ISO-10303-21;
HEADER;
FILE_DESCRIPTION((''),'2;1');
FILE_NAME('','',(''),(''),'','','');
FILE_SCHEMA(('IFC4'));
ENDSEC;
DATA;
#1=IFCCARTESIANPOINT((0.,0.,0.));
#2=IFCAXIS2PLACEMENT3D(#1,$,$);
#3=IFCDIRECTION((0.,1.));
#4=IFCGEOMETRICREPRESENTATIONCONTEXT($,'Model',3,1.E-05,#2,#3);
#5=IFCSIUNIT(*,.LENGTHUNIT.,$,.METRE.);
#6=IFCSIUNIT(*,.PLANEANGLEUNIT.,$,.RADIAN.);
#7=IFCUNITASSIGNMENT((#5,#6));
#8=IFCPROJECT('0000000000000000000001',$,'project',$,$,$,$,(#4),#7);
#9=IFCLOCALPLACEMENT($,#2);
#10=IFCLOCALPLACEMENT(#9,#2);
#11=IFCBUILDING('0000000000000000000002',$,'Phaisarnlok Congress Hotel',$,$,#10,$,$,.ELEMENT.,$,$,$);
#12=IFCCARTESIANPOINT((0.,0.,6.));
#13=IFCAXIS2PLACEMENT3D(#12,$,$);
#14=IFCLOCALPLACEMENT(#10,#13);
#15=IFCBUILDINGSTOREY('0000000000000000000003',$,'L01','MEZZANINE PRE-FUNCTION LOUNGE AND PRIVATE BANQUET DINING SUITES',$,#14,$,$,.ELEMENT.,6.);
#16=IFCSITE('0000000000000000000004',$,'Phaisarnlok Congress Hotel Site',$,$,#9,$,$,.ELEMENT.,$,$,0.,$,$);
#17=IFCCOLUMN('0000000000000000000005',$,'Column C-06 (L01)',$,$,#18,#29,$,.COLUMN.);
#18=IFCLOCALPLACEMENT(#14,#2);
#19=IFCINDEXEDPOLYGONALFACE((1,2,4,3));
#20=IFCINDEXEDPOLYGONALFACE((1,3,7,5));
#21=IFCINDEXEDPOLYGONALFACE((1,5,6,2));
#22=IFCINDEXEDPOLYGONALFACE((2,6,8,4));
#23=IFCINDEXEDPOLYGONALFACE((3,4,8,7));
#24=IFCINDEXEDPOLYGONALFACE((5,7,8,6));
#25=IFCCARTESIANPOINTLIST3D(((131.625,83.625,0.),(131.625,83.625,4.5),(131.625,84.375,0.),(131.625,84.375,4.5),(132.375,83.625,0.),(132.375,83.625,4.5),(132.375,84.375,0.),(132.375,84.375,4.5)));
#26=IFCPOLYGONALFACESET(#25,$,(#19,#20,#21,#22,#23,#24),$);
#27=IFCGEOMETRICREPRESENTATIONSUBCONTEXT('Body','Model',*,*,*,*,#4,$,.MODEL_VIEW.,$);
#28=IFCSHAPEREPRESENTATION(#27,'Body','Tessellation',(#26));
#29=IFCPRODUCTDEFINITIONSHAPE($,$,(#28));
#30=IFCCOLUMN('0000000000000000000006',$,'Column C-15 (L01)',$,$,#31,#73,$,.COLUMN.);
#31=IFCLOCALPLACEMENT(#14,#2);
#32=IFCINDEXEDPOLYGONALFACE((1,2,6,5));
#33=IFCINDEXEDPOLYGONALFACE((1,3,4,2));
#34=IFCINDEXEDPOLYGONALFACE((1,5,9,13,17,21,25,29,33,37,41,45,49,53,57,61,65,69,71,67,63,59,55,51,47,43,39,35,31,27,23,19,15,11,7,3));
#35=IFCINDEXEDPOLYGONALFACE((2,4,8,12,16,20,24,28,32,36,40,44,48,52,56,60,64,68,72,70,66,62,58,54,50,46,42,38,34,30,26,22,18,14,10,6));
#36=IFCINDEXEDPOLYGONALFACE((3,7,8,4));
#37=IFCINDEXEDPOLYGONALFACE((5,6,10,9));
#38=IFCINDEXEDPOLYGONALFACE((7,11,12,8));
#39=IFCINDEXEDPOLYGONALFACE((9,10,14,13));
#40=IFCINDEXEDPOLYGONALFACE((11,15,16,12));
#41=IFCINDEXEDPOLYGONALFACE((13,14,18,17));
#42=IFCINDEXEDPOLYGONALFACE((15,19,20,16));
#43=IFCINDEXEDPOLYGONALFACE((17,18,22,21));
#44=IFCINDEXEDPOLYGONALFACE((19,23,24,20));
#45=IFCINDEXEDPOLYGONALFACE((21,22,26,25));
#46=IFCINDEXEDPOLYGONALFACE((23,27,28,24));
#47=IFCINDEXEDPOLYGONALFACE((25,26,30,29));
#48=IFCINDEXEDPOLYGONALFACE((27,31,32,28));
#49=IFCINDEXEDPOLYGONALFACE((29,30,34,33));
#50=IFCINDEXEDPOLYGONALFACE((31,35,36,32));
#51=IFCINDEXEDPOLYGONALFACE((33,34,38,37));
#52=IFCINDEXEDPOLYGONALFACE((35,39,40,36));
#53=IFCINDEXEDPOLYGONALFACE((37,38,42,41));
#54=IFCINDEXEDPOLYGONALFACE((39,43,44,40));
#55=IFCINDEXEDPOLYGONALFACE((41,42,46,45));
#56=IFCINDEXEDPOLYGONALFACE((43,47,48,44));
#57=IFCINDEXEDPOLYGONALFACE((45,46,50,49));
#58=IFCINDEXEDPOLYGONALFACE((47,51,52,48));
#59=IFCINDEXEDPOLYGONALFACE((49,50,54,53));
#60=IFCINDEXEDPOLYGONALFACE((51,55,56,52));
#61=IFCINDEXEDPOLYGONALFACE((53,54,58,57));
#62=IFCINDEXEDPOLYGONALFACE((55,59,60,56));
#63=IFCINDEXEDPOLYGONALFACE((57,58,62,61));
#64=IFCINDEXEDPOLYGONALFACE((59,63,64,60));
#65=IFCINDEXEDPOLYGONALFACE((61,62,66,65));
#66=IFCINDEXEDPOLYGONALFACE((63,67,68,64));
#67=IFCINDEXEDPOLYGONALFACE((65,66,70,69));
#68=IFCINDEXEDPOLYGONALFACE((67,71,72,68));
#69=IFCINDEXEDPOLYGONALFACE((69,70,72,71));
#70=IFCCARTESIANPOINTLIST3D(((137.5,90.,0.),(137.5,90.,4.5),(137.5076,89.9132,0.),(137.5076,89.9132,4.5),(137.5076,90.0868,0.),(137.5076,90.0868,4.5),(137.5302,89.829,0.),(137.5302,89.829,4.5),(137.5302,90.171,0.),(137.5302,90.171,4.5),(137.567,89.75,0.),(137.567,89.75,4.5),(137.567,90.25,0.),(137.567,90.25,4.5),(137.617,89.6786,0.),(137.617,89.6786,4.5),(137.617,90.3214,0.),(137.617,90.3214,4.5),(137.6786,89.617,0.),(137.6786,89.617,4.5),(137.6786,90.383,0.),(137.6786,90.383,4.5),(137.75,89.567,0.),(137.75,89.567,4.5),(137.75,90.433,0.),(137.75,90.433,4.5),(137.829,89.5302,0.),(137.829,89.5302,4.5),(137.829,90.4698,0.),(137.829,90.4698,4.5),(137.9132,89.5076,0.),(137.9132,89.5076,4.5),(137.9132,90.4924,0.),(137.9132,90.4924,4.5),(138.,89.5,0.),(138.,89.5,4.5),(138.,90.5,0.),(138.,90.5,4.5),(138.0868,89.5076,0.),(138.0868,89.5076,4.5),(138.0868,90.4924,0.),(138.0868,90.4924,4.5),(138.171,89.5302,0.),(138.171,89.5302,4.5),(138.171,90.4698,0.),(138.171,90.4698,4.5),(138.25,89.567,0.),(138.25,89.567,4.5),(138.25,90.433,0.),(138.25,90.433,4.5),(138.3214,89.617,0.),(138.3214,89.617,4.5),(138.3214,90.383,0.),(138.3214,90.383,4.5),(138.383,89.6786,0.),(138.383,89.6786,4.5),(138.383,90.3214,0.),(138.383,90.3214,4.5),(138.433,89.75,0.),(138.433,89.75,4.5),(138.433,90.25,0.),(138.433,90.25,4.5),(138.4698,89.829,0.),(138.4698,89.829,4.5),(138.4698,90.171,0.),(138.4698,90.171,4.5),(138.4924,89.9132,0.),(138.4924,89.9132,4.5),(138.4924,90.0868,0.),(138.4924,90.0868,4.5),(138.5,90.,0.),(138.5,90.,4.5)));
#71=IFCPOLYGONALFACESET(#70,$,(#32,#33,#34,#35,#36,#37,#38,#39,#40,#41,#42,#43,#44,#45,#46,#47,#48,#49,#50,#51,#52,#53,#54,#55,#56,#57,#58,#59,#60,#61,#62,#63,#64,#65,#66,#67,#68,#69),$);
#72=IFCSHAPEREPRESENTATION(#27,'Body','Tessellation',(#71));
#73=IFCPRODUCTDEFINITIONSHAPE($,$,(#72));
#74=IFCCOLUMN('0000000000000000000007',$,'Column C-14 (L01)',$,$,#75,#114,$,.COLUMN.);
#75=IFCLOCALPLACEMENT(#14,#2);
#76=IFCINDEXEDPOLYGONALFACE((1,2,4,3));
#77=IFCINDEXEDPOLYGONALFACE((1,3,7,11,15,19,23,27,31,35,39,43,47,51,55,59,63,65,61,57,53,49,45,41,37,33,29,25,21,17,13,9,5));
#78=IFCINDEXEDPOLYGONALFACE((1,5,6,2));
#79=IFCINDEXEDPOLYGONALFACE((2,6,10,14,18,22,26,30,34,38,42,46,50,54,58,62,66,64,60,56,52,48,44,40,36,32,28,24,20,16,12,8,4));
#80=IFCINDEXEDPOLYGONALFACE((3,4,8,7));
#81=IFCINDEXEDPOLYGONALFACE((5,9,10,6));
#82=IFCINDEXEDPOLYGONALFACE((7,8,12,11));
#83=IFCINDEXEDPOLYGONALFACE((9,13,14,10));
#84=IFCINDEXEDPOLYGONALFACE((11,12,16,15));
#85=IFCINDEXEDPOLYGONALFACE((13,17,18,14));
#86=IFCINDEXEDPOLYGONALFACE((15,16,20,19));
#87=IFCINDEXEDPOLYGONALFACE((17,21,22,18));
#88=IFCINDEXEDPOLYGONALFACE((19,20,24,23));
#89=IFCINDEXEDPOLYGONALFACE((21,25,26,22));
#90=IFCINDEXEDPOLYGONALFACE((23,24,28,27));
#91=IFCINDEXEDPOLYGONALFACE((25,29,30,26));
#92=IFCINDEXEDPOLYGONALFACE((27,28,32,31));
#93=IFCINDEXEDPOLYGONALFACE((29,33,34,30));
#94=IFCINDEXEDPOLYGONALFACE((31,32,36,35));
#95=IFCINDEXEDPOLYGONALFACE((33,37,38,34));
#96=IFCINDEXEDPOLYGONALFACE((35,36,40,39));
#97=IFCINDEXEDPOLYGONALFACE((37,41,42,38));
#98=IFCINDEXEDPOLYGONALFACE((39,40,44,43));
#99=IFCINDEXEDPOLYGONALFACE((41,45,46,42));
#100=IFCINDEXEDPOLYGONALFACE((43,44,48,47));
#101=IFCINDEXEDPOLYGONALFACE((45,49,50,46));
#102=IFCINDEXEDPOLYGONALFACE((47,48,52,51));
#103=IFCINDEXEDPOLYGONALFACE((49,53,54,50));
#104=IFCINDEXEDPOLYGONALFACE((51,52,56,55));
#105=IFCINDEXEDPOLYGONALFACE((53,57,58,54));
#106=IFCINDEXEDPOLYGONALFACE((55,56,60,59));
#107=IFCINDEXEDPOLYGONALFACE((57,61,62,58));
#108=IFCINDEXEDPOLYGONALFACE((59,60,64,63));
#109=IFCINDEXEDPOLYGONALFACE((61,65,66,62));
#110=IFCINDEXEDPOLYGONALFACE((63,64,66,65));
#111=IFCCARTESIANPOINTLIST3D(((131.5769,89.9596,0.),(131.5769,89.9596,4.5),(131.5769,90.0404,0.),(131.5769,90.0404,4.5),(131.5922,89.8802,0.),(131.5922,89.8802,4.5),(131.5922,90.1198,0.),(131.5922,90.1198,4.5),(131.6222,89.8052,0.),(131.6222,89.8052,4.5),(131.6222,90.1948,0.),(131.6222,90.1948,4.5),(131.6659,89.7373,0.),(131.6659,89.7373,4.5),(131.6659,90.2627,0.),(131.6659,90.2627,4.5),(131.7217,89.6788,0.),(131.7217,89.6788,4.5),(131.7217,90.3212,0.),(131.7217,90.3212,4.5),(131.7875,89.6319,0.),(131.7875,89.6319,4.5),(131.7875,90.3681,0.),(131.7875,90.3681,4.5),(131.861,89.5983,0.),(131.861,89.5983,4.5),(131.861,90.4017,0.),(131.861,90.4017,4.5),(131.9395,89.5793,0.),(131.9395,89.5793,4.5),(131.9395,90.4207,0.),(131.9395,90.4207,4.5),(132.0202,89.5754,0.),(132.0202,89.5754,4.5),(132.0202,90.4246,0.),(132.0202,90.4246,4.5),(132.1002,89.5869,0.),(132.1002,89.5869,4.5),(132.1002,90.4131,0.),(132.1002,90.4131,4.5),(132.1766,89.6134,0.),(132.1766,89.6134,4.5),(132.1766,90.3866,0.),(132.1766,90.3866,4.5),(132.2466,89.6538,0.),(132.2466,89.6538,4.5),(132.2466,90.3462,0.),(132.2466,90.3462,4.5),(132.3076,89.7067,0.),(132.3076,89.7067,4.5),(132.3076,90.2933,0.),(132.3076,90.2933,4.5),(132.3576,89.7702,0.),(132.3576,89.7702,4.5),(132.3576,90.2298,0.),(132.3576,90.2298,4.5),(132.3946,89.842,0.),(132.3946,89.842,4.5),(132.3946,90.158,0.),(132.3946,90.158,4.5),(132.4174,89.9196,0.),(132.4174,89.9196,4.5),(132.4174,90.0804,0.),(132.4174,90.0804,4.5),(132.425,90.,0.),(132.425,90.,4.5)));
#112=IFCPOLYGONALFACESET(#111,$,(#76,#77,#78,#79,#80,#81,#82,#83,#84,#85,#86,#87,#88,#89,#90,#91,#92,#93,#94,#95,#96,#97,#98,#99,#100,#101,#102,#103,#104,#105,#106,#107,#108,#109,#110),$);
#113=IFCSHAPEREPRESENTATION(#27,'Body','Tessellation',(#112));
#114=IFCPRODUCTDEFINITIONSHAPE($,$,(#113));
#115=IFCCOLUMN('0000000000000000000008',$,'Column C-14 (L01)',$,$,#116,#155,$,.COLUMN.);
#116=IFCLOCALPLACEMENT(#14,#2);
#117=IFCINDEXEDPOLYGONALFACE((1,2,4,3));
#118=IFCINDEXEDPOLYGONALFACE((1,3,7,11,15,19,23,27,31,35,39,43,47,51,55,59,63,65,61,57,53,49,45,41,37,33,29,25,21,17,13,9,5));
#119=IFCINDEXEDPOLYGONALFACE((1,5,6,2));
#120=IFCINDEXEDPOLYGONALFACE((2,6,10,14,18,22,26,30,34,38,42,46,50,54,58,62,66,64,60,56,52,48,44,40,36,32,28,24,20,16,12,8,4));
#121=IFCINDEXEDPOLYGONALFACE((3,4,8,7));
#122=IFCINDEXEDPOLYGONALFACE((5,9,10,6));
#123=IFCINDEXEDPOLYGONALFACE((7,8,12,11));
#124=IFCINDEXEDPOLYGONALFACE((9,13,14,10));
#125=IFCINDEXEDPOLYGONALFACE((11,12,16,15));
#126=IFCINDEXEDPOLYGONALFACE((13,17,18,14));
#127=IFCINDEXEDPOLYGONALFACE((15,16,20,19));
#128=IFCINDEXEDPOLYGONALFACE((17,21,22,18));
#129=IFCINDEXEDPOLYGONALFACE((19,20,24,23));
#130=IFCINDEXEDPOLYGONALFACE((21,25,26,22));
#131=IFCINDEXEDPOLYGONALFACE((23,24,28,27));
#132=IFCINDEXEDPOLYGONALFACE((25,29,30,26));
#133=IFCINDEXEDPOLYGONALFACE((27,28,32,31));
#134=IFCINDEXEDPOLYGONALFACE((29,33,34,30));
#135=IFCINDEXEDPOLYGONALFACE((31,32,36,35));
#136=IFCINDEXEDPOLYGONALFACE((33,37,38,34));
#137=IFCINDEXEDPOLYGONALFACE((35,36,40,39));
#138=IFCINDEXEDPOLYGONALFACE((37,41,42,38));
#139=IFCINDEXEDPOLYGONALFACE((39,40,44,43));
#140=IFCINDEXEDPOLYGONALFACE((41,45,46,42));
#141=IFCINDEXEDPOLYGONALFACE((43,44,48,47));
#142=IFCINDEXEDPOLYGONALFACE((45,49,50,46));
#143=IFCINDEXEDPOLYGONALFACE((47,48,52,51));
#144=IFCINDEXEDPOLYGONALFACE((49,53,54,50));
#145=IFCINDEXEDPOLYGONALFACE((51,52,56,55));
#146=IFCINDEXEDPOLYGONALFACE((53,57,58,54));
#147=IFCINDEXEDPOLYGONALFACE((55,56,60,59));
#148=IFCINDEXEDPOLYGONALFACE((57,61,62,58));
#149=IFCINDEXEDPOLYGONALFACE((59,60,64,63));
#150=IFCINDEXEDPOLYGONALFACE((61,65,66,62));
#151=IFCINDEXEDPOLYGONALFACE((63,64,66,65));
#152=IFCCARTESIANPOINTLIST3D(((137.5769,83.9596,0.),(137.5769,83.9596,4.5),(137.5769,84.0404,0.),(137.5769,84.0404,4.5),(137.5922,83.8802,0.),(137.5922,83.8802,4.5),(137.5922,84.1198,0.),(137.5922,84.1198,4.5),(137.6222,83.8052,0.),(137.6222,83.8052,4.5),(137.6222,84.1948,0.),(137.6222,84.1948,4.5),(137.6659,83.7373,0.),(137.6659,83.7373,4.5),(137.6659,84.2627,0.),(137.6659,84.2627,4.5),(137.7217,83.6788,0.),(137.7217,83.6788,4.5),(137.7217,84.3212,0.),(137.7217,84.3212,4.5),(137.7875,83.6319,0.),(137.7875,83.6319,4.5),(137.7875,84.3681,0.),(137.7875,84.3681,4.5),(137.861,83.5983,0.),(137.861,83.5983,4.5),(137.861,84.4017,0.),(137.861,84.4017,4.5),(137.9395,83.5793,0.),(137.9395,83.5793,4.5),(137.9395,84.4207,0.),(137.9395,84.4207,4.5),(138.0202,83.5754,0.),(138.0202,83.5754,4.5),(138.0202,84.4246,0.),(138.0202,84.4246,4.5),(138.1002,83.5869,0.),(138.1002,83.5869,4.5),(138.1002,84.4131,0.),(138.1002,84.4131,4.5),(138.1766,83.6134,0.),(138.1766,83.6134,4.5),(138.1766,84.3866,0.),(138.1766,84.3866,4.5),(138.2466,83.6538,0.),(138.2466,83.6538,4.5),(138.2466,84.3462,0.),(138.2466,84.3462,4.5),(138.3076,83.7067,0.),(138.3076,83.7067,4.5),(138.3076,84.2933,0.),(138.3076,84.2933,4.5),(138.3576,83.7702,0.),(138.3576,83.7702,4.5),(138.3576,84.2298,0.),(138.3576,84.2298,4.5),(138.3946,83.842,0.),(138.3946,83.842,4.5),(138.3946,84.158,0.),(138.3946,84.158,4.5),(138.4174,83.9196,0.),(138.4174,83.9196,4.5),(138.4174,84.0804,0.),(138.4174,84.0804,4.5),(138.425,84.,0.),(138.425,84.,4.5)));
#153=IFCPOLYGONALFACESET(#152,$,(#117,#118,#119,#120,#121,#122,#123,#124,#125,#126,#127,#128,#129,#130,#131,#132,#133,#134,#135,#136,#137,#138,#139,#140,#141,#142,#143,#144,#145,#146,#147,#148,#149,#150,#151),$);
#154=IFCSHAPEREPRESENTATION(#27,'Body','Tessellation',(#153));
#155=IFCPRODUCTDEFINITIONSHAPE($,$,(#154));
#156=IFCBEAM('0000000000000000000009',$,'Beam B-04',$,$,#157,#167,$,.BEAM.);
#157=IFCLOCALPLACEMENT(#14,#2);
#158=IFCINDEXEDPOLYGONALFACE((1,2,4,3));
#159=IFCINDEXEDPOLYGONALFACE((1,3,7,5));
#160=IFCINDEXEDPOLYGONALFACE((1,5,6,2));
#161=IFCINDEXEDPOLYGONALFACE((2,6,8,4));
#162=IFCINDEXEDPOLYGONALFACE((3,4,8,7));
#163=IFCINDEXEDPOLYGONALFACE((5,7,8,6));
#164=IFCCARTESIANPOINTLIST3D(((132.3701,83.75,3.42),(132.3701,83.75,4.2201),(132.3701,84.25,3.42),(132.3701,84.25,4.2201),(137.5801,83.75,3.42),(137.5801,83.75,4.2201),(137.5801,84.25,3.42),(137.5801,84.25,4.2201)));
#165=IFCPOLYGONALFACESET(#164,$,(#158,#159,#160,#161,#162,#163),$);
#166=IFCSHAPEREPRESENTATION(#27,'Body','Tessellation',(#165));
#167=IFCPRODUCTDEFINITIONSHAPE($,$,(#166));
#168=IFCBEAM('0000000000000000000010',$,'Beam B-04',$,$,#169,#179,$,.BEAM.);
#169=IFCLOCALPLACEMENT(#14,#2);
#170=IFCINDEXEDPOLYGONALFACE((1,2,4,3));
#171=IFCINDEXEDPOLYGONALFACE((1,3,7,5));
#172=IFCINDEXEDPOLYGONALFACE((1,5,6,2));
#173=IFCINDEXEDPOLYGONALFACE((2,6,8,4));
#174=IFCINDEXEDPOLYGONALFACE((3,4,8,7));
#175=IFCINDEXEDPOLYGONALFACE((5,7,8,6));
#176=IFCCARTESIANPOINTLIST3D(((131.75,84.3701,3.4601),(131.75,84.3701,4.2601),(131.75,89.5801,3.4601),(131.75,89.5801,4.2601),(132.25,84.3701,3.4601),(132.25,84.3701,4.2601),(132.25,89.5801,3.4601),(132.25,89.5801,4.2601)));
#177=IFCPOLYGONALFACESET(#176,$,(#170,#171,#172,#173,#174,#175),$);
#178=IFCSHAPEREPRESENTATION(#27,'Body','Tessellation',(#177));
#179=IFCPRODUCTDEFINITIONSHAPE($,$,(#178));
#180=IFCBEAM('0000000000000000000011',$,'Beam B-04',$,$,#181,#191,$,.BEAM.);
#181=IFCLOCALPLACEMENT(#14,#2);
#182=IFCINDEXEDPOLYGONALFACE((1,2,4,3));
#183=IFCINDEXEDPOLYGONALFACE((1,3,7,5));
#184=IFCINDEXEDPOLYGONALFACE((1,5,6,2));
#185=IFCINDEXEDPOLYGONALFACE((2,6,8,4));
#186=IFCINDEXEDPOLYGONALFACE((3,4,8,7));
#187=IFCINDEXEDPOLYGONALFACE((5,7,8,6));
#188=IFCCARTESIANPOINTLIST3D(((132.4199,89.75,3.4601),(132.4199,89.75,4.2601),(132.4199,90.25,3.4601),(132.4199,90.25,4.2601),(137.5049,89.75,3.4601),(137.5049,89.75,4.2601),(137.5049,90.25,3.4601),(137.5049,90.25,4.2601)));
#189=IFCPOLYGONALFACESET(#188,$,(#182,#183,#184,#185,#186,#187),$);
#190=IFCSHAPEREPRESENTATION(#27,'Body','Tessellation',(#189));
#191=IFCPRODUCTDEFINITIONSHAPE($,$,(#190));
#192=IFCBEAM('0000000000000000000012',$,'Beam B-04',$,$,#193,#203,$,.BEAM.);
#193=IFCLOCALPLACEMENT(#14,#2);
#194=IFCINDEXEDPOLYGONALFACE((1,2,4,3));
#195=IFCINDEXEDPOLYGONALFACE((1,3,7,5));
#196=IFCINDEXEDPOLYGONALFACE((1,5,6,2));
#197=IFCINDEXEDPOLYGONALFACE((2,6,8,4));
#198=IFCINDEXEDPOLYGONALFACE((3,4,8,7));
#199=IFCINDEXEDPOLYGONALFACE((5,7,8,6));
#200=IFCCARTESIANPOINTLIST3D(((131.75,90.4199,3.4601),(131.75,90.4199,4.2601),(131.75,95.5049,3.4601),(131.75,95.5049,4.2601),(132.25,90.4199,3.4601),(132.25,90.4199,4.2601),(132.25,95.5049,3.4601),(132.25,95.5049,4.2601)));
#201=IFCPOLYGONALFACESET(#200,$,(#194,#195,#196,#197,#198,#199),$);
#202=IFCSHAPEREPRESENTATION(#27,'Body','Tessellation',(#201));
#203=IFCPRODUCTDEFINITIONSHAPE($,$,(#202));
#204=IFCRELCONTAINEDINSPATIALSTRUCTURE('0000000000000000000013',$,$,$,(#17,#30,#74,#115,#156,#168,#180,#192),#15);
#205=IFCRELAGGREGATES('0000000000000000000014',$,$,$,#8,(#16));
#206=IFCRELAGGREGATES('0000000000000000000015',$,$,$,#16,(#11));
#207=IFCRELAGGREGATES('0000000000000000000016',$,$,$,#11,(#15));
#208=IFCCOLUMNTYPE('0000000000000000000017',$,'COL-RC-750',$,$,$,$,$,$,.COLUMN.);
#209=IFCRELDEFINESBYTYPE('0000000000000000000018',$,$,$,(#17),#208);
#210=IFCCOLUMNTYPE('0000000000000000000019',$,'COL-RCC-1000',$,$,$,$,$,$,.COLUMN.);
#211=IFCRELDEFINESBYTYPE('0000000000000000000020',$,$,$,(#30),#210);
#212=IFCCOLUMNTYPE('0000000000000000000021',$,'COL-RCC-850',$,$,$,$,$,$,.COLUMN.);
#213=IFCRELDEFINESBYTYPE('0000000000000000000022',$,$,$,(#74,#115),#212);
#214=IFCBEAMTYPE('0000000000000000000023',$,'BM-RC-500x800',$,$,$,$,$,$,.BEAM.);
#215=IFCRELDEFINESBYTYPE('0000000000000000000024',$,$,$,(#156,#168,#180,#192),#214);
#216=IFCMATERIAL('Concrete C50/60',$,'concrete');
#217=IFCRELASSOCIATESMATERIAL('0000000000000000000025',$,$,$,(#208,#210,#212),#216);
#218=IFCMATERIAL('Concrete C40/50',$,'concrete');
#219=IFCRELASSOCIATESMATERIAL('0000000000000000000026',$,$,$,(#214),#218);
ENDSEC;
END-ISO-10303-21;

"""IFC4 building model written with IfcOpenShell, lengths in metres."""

from ifc_helpers import new_model, si_unit, direction, frame, origin, origin_2d, place, context, subcontext, project, spatial, rectangle, circle, extrude, material, material_profile, profile_set, type_object, element, save


model = new_model("IFC4")

# Units and contexts
model_context = context("Model", 3, precision=1e-05, world=origin(), true_north=direction((0.0, 1.0)))
body_context = subcontext(model_context, "Body", "Model", "MODEL_VIEW")
ifc_project = project(units=[si_unit("LENGTHUNIT", "METRE"), si_unit("PLANEANGLEUNIT", "RADIAN")], contexts=[model_context])

# Site, building, storey
site_placement = place(None, origin())
site = spatial("IfcSite", under=ifc_project, at=site_placement, Name="Phaisarnlok Congress Hotel Site", CompositionType="ELEMENT", RefElevation=0.0)
building_placement = place(site_placement, origin())
building = spatial("IfcBuilding", under=site, at=building_placement, Name="Phaisarnlok Congress Hotel", CompositionType="ELEMENT")
storey_placement = place(building_placement, frame((0.0, 0.0, 6.0)))
storey = spatial("IfcBuildingStorey", under=building, at=storey_placement, Name="L01", Description="MEZZANINE PRE-FUNCTION LOUNGE AND PRIVATE BANQUET DINING SUITES", CompositionType="ELEMENT", Elevation=6.0)

# Columns
ifc_material_1 = material(Name="Concrete C50/60", Category="concrete")
ifc_material_profile_1 = material_profile(ifc_material_1, rectangle(XDim=0.75, YDim=0.75, at=origin_2d()), Name="RC 750x750")
ifc_profile_set_1 = profile_set([ifc_material_profile_1], Name="Concrete C50/60")
column_type_1 = type_object("IfcColumnType", Name="COL-RC-750", PredefinedType="COLUMN", material=ifc_profile_set_1)
column_1_placement = place(storey_placement, frame((132.0, 84.0, 0.0), z_axis=(0.0, 0.0, 1.0), x_axis=(1.0, 0.0, 0.0)))
element("IfcColumn", 1, at=column_1_placement, inside=storey, type_object=column_type_1, Name="Column C-06 (L01)", PredefinedType="COLUMN", context=body_context, shape_type="SweptSolid", body=[
    extrude(rectangle(XDim=0.75, YDim=0.75, at=origin_2d()), origin(), (0.0, 0.0, 1.0), 4.5),
])
ifc_material_profile_2 = material_profile(ifc_material_1, circle(Radius=0.5, at=origin_2d()), Name="RCC D1000")
ifc_profile_set_2 = profile_set([ifc_material_profile_2], Name="Concrete C50/60")
column_type_2 = type_object("IfcColumnType", Name="COL-RCC-1000", PredefinedType="COLUMN", material=ifc_profile_set_2)
column_2_placement = place(storey_placement, frame((138.0, 90.0, 0.0), z_axis=(0.0, 0.0, 1.0), x_axis=(1.0, 0.0, 0.0)))
element("IfcColumn", 2, at=column_2_placement, inside=storey, type_object=column_type_2, Name="Column C-15 (L01)", PredefinedType="COLUMN", context=body_context, shape_type="SweptSolid", body=[
    extrude(circle(Radius=0.5, at=origin_2d()), origin(), (0.0, 0.0, 1.0), 4.5),
])
ifc_material_profile_3 = material_profile(ifc_material_1, circle(Radius=0.425, at=origin_2d()), Name="RCC D850")
ifc_profile_set_3 = profile_set([ifc_material_profile_3], Name="Concrete C50/60")
column_type_3 = type_object("IfcColumnType", Name="COL-RCC-850", PredefinedType="COLUMN", material=ifc_profile_set_3)
for number, where, z_axis, x_axis, name in (
    (3, (132.0, 90.0, 0.0), (0.0, 0.0, 1.0), (1.0, 0.0, 0.0), "Column C-14 (L01)"),
    (4, (138.0, 84.0, 0.0), (0.0, 0.0, 1.0), (1.0, 0.0, 0.0), "Column C-14 (L01)"),
):
    element("IfcColumn", number, at=place(storey_placement, frame(where, z_axis=z_axis, x_axis=x_axis)), inside=storey, type_object=column_type_3, Name=name, PredefinedType="COLUMN", context=body_context, shape_type="SweptSolid", body=[
        extrude(circle(Radius=0.425, at=origin_2d()), origin(), (0.0, 0.0, 1.0), 4.5),
    ])

# Beams
ifc_material_2 = material(Name="Concrete C40/50", Category="concrete")
ifc_material_profile_4 = material_profile(ifc_material_2, rectangle(XDim=0.5, YDim=0.8, at=origin_2d()), Name="RC 500x800")
ifc_profile_set_4 = profile_set([ifc_material_profile_4], Name="Concrete C40/50")
beam_type = type_object("IfcBeamType", Name="BM-RC-500x800", PredefinedType="BEAM", material=ifc_profile_set_4)
for number, where, z_axis, x_axis, name in (
    (5, (132.3701, 84.0, 3.8201), (1.0, 0.0, 0.0), (0.0, 1.0, 0.0), "Beam B-04"),
    (6, (132.0, 84.3701, 3.8601), (0.0, 1.0, 0.0), (-1.0, 0.0, 0.0), "Beam B-04"),
):
    element("IfcBeam", number, at=place(storey_placement, frame(where, z_axis=z_axis, x_axis=x_axis)), inside=storey, type_object=beam_type, Name=name, PredefinedType="BEAM", context=body_context, shape_type="SweptSolid", body=[
        extrude(rectangle(XDim=0.5, YDim=0.8, at=origin_2d()), origin(), (0.0, 0.0, 1.0), 5.21),
    ])
for number, where, z_axis, x_axis, name in (
    (7, (132.4199, 90.0, 3.8601), (1.0, 0.0, 0.0), (0.0, 1.0, 0.0), "Beam B-04"),
    (8, (132.0, 90.4199, 3.8601), (0.0, 1.0, 0.0), (-1.0, 0.0, 0.0), "Beam B-04"),
):
    element("IfcBeam", number, at=place(storey_placement, frame(where, z_axis=z_axis, x_axis=x_axis)), inside=storey, type_object=beam_type, Name=name, PredefinedType="BEAM", context=body_context, shape_type="SweptSolid", body=[
        extrude(rectangle(XDim=0.5, YDim=0.8, at=origin_2d()), origin(), (0.0, 0.0, 1.0), 5.085),
    ])

save(model, "model.ifc")
